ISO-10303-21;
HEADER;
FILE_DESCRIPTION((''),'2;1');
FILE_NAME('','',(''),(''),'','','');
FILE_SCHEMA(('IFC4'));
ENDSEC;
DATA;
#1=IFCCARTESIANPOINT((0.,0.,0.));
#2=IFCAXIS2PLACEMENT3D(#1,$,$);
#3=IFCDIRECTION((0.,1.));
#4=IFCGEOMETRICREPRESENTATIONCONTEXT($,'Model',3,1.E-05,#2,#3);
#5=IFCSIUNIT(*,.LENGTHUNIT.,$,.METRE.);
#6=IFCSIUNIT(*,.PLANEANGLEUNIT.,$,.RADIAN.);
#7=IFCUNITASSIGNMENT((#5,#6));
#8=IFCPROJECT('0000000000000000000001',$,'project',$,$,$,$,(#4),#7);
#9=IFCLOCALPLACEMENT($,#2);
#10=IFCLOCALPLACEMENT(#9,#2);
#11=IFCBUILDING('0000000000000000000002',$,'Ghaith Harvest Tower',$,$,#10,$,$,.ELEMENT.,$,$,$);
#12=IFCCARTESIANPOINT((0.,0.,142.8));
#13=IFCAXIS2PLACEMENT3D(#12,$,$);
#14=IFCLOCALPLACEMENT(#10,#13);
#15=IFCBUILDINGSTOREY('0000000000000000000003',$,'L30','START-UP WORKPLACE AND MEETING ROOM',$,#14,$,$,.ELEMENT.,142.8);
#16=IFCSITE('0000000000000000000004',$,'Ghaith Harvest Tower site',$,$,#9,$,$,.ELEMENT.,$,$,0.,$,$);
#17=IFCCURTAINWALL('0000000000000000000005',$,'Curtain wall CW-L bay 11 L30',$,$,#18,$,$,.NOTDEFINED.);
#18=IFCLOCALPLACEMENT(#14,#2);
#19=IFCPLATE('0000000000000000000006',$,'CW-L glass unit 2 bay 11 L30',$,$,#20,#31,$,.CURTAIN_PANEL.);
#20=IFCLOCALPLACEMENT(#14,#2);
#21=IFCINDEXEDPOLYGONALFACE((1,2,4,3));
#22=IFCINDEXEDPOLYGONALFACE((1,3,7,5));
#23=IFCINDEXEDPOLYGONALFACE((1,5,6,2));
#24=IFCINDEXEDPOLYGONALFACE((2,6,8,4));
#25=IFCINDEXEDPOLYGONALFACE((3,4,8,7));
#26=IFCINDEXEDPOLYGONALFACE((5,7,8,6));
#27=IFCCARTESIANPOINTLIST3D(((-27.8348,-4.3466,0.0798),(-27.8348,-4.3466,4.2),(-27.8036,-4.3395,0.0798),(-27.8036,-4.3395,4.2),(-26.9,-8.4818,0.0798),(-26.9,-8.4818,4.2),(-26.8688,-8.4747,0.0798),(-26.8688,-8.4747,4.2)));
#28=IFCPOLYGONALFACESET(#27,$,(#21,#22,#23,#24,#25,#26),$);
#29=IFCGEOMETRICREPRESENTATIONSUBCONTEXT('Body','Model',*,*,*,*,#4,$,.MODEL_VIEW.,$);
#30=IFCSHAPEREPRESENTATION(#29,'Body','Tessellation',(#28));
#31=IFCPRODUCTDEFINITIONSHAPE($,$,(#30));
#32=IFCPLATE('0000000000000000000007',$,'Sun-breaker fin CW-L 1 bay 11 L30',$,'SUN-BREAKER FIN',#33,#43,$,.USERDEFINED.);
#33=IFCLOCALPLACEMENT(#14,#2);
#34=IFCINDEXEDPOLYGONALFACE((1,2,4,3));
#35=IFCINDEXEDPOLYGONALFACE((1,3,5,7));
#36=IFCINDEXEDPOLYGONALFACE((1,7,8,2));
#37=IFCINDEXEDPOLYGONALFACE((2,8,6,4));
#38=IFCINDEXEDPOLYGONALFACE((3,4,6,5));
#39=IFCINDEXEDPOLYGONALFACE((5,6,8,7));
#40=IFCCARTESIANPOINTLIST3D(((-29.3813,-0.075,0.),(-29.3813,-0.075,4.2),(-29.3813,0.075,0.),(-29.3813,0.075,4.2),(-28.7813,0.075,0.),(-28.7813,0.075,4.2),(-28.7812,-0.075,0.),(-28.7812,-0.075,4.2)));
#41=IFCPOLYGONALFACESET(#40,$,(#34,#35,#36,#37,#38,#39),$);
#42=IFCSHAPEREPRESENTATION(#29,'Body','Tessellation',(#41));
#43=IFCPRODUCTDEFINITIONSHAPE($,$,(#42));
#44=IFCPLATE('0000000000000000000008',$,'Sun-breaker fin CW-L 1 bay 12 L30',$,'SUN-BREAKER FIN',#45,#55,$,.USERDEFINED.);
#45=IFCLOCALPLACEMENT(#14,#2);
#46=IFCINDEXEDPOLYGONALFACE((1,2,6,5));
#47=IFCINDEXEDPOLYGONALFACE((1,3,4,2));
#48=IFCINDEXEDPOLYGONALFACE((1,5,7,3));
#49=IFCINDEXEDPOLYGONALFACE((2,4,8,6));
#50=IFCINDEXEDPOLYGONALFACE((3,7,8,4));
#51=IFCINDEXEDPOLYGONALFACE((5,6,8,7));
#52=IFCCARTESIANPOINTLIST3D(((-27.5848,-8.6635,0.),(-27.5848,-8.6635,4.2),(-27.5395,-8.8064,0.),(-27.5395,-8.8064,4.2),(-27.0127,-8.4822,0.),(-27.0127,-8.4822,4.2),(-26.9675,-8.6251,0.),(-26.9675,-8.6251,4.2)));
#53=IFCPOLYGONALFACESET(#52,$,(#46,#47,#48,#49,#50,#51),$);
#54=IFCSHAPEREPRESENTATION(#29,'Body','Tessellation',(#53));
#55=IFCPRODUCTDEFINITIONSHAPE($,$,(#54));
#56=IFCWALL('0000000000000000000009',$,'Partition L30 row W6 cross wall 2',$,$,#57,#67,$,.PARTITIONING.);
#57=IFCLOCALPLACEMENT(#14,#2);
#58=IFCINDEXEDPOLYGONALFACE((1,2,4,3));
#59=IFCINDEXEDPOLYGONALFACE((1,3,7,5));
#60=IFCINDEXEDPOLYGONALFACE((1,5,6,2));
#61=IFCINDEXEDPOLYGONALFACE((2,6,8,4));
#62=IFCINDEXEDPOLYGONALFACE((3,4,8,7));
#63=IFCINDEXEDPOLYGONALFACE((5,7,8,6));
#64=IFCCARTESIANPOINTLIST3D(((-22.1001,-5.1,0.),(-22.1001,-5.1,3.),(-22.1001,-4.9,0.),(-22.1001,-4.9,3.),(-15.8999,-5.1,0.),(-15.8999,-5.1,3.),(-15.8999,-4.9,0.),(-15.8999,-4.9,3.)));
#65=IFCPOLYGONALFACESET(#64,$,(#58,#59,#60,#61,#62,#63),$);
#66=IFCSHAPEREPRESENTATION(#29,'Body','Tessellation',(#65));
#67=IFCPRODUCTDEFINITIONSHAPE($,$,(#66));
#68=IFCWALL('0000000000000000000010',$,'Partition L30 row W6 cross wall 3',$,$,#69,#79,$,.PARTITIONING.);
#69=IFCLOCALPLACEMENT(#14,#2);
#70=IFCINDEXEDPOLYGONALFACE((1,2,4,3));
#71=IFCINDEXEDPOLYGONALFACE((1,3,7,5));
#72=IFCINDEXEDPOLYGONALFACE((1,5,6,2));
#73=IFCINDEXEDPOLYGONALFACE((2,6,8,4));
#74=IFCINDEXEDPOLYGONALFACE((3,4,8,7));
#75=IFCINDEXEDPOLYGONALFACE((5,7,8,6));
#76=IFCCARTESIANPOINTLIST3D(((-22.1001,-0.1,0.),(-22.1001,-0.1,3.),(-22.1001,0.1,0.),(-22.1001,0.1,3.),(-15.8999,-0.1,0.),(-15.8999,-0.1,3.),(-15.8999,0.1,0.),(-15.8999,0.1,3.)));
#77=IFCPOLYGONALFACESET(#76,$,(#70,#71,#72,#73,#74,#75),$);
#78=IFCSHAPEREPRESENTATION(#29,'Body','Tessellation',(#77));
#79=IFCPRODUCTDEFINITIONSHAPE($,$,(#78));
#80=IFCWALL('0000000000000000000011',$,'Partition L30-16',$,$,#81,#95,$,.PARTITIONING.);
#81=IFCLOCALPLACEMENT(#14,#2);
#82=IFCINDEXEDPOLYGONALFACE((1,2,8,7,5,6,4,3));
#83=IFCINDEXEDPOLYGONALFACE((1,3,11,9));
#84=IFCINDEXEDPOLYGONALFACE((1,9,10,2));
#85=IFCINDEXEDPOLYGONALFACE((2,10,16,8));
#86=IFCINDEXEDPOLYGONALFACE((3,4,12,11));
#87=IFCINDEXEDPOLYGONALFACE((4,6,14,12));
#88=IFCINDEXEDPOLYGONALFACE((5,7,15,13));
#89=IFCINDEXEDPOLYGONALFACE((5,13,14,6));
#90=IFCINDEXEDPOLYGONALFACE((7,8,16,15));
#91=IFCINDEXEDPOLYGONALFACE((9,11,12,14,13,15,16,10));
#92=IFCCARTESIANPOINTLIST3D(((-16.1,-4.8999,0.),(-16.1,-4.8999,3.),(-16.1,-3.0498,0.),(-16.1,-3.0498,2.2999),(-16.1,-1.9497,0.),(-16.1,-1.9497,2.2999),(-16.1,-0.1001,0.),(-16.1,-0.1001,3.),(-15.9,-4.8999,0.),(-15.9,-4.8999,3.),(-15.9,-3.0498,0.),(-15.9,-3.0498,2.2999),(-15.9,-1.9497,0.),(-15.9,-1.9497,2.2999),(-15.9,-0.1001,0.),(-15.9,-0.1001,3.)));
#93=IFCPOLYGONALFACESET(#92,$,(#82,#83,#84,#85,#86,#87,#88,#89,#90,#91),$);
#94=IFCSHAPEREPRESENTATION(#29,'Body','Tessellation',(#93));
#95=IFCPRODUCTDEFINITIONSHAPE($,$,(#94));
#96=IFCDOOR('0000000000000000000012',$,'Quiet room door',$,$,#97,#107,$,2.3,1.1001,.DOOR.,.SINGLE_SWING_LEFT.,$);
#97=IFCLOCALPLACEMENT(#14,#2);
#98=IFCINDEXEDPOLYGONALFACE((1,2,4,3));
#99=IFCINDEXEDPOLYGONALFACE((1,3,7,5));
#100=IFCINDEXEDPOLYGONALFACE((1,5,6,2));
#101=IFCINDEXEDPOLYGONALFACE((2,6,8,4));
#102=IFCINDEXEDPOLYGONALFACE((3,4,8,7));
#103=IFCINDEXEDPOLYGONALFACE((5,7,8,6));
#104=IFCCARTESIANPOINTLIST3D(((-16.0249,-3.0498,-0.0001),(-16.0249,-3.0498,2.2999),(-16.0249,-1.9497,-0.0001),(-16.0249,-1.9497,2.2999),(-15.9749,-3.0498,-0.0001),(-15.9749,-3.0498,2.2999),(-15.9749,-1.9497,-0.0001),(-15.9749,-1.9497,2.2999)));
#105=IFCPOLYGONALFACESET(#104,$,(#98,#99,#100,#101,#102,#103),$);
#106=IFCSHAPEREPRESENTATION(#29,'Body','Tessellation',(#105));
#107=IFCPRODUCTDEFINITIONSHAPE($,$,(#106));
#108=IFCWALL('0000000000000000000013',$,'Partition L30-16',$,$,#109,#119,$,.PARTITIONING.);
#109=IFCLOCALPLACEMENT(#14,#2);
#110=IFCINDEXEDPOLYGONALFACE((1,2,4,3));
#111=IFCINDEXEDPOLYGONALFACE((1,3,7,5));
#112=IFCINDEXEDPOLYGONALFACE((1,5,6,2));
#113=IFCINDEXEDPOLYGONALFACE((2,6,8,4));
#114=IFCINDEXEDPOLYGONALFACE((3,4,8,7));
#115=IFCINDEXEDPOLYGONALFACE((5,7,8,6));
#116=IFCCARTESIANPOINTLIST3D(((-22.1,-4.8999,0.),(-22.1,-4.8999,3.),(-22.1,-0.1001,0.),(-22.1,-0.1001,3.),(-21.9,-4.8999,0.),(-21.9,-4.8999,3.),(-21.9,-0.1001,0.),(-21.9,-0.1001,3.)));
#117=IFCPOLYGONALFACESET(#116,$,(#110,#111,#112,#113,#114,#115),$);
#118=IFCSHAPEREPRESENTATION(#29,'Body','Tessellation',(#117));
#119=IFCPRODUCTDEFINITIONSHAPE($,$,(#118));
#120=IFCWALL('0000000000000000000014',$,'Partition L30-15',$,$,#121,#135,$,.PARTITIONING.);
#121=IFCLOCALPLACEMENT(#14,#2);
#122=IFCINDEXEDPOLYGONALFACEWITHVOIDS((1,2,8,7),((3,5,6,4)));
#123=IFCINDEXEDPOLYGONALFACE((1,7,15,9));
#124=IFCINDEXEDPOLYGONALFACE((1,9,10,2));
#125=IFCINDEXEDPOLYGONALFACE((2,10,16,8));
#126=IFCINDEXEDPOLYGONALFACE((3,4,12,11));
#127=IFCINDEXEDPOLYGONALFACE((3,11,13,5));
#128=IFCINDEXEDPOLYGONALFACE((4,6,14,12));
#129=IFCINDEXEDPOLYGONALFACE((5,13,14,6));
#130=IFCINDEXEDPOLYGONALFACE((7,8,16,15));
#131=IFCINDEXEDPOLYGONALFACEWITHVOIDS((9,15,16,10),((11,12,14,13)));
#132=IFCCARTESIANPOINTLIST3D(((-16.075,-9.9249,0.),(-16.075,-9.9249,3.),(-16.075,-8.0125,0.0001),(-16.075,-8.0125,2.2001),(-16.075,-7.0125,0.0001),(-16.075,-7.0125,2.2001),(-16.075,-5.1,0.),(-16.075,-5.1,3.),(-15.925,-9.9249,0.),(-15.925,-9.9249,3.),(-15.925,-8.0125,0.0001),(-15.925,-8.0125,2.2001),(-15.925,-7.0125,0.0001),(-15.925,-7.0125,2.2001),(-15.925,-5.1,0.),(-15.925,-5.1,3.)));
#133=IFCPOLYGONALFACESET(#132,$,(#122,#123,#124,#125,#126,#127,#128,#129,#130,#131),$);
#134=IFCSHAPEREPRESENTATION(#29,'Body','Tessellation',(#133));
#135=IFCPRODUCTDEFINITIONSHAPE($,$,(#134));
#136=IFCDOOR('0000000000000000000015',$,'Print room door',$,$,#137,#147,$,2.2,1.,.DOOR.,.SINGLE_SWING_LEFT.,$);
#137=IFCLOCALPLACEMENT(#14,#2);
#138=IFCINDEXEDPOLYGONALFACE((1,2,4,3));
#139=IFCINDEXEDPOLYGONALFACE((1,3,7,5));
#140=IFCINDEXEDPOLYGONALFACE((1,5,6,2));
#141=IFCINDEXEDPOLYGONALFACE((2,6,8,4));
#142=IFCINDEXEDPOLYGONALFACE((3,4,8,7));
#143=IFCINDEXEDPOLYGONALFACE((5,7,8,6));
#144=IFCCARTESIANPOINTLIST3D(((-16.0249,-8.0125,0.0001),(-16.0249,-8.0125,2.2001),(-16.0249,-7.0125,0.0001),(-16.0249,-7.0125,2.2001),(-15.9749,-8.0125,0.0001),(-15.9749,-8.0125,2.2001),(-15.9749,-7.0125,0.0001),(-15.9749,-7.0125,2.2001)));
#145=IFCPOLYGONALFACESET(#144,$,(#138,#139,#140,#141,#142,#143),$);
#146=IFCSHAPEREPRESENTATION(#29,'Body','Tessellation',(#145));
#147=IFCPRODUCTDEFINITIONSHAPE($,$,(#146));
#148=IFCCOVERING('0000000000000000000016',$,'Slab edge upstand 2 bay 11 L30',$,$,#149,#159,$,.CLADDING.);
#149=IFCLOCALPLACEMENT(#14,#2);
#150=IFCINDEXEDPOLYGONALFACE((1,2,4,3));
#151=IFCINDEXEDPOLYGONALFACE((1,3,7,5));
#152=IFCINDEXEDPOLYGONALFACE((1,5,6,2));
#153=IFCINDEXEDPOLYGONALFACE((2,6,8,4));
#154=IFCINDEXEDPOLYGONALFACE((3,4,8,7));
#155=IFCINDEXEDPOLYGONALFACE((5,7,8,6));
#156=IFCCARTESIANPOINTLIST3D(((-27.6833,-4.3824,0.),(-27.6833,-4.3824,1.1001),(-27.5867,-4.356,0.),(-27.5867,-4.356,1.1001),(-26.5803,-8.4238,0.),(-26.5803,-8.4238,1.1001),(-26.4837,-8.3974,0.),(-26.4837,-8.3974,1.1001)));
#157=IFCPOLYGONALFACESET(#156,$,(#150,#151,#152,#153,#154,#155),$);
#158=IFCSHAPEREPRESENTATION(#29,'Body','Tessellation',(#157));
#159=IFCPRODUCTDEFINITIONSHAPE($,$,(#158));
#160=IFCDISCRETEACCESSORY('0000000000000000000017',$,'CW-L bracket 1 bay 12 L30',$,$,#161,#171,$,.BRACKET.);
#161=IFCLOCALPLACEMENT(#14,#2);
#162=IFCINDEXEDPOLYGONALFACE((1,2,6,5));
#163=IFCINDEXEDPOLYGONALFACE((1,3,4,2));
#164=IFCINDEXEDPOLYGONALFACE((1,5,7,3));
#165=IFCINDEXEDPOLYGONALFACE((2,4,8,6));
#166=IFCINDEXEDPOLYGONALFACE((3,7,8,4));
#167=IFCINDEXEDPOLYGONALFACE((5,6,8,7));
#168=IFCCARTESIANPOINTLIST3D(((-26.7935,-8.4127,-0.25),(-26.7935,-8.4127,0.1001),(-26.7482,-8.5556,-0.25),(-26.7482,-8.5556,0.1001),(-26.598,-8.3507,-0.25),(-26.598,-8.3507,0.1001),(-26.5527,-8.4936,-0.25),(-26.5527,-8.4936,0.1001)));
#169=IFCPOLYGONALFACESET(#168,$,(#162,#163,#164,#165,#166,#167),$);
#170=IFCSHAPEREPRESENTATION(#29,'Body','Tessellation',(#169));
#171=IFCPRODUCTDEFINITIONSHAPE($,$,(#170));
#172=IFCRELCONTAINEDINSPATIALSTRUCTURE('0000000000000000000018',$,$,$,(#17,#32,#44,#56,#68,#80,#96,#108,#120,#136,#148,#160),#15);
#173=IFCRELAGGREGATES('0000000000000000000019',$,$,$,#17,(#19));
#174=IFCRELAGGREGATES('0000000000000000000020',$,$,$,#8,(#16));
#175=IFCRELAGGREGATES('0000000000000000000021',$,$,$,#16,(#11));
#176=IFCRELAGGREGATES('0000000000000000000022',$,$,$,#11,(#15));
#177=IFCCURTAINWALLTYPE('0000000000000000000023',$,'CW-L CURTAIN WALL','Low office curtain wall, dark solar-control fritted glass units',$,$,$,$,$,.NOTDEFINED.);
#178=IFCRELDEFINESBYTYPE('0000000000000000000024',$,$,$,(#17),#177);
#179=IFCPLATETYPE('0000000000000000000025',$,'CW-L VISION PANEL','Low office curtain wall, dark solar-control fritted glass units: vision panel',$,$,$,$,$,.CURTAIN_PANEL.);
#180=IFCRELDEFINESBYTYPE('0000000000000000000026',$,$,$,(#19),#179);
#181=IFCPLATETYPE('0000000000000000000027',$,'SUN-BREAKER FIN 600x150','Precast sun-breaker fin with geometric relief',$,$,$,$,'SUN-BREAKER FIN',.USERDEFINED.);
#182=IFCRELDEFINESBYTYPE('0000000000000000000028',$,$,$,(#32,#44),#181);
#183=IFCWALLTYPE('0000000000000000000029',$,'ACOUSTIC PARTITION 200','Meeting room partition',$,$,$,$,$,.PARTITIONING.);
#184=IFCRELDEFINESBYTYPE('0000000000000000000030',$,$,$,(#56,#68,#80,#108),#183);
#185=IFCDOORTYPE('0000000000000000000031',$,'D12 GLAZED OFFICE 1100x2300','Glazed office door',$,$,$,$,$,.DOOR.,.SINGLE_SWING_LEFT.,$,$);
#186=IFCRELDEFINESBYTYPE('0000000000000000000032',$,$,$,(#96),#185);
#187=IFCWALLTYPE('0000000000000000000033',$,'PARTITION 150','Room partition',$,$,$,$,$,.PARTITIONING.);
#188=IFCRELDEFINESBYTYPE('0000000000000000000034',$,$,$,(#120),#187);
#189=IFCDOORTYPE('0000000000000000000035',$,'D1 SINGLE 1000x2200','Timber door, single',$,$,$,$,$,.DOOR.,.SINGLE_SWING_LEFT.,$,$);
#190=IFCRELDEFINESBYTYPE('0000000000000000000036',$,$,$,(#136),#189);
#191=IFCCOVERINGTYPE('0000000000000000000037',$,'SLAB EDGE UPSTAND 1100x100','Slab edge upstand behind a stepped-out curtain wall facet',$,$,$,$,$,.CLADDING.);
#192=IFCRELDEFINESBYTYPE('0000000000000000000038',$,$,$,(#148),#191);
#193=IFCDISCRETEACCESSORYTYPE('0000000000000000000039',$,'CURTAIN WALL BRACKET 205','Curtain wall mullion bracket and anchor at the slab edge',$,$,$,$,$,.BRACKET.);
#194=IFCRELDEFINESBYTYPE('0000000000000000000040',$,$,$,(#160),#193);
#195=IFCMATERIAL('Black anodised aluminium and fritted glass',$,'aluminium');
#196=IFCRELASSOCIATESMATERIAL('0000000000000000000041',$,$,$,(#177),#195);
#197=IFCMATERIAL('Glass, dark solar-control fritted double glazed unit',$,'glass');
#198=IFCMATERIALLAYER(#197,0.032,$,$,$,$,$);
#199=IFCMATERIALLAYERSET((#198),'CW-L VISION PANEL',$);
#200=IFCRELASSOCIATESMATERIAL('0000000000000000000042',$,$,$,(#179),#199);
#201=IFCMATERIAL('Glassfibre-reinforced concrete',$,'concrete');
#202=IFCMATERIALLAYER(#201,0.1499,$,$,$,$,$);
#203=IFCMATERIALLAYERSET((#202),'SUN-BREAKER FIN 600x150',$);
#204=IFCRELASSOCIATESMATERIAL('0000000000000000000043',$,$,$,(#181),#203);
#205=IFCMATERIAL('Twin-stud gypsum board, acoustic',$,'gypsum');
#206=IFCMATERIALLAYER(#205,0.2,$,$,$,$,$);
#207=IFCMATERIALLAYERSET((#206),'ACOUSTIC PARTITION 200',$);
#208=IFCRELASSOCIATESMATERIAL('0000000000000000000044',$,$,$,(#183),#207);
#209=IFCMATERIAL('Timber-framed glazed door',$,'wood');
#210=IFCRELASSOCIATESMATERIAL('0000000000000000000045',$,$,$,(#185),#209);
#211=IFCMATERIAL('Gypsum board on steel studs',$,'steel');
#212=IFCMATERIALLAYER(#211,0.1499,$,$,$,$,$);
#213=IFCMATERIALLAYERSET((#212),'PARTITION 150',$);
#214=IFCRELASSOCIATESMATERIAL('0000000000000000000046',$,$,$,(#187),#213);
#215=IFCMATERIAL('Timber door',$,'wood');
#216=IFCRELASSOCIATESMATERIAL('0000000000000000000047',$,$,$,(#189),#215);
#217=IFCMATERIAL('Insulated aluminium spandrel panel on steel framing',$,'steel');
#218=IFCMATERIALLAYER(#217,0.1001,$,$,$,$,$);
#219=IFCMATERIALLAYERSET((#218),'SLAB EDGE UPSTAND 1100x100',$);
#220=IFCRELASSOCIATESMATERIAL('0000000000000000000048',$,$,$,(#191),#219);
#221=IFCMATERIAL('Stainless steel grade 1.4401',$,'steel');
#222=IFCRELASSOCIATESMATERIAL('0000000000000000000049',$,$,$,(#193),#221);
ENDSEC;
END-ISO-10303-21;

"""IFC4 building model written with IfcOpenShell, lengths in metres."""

from ifc_helpers import new_model, si_unit, direction, frame, frame_2d, origin, origin_2d, place, context, subcontext, project, spatial, rectangle, extrude, material, layer, layer_set, type_object, element, fill, aggregate, save


model = new_model("IFC4")

# Units and contexts
model_context = context("Model", 3, precision=1e-05, world=origin(), true_north=direction((0.0, 1.0)))
body_context = subcontext(model_context, "Body", "Model", "MODEL_VIEW")
ifc_project = project(units=[si_unit("LENGTHUNIT", "METRE"), si_unit("PLANEANGLEUNIT", "RADIAN")], contexts=[model_context])

# Site, building, storey
site_placement = place(None, origin())
site = spatial("IfcSite", under=ifc_project, at=site_placement, Name="Ghaith Harvest Tower site", CompositionType="ELEMENT", RefElevation=0.0)
building_placement = place(site_placement, origin())
building = spatial("IfcBuilding", under=site, at=building_placement, Name="Ghaith Harvest Tower", CompositionType="ELEMENT")
storey_placement = place(building_placement, frame((0.0, 0.0, 142.8)))
storey = spatial("IfcBuildingStorey", under=building, at=storey_placement, Name="L30", Description="START-UP WORKPLACE AND MEETING ROOM", CompositionType="ELEMENT", Elevation=142.8)

# Curtain wall
ifc_material_1 = material(Name="Black anodised aluminium and fritted glass", Category="aluminium")
curtain_wall_type = type_object("IfcCurtainWallType", Name="CW-L CURTAIN WALL", Description="Low office curtain wall, dark solar-control fritted glass units", PredefinedType="NOTDEFINED", material=ifc_material_1)
curtain_wall_1_placement = place(storey_placement, origin())
curtain_wall_1 = element("IfcCurtainWall", 1, at=curtain_wall_1_placement, inside=storey, type_object=curtain_wall_type, Name="Curtain wall CW-L bay 11 L30", PredefinedType="NOTDEFINED")

# Shared definitions
ifc_material_2 = material(Name="Glass, dark solar-control fritted double glazed unit", Category="glass")
ifc_layer_1 = layer(ifc_material_2, 0.032)
ifc_layer_set_1 = layer_set([ifc_layer_1], Name="CW-L VISION PANEL")
plate_type_1 = type_object("IfcPlateType", Name="CW-L VISION PANEL", Description="Low office curtain wall, dark solar-control fritted glass units: vision panel", PredefinedType="CURTAIN_PANEL", material=ifc_layer_set_1)

# Plate
plate_1_placement = place(storey_placement, frame((-27.3518, -6.4106, 0.0798), z_axis=(0.0, 0.0, 1.0), x_axis=(0.220483, -0.975391, 0.0)))
plate_1 = element("IfcPlate", 2, at=plate_1_placement, type_object=plate_type_1, Name="CW-L glass unit 2 bay 11 L30", PredefinedType="CURTAIN_PANEL", context=body_context, shape_type="SweptSolid", body=[
    extrude(rectangle(XDim=4.2395, YDim=0.032, at=origin_2d()), origin(), (0.0, 0.0, 1.0), 4.1201),
])
aggregate(curtain_wall_1, [plate_1])

# Plates
ifc_material_3 = material(Name="Glassfibre-reinforced concrete", Category="concrete")
ifc_layer_2 = layer(ifc_material_3, 0.1499)
ifc_layer_set_2 = layer_set([ifc_layer_2], Name="SUN-BREAKER FIN 600x150")
plate_type_2 = type_object("IfcPlateType", Name="SUN-BREAKER FIN 600x150", Description="Precast sun-breaker fin with geometric relief", ElementType="SUN-BREAKER FIN", PredefinedType="USERDEFINED", material=ifc_layer_set_2)
for number, where, z_axis, x_axis, name in (
    (3, (-29.0813, 0.0, 0.0), (0.0, 0.0, 1.0), (-1.0, 0.0, 0.0), "Sun-breaker fin CW-L 1 bay 11 L30"),
    (4, (-27.2761, -8.6443, 0.0), (0.0, 0.0, 1.0), (-0.953273, -0.30211, 0.0), "Sun-breaker fin CW-L 1 bay 12 L30"),
):
    element("IfcPlate", number, at=place(storey_placement, frame(where, z_axis=z_axis, x_axis=x_axis)), inside=storey, type_object=plate_type_2, Name=name, ObjectType="SUN-BREAKER FIN", PredefinedType="USERDEFINED", context=body_context, shape_type="SweptSolid", body=[
        extrude(rectangle(XDim=0.6001, YDim=0.1499, at=origin_2d()), origin(), (0.0, 0.0, 1.0), 4.2),
    ])

# Walls
ifc_material_4 = material(Name="Twin-stud gypsum board, acoustic", Category="gypsum")
ifc_layer_3 = layer(ifc_material_4, 0.2)
ifc_layer_set_3 = layer_set([ifc_layer_3], Name="ACOUSTIC PARTITION 200")
wall_type_1 = type_object("IfcWallType", Name="ACOUSTIC PARTITION 200", Description="Meeting room partition", PredefinedType="PARTITIONING", material=ifc_layer_set_3)
for number, where, z_axis, x_axis, name in (
    (5, (-15.8999, -5.0, 0.0), (0.0, 0.0, 1.0), (-1.0, 0.0, 0.0), "Partition L30 row W6 cross wall 2"),
    (6, (-15.8999, 0.0, 0.0), (0.0, 0.0, 1.0), (-1.0, 0.0, 0.0), "Partition L30 row W6 cross wall 3"),
):
    element("IfcWall", number, at=place(storey_placement, frame(where, z_axis=z_axis, x_axis=x_axis)), inside=storey, type_object=wall_type_1, Name=name, PredefinedType="PARTITIONING", context=body_context, shape_type="SweptSolid", body=[
        extrude(rectangle(XDim=6.2002, YDim=0.2, at=frame_2d((3.1001, 0.0))), origin(), (0.0, 0.0, 1.0), 3.0),
    ])

# Wall, opening, door
wall_1_placement = place(storey_placement, frame((-16.0, -4.8999, 0.0), z_axis=(0.0, 0.0, 1.0), x_axis=(0.0, 1.0, 0.0)))
wall_1 = element("IfcWall", 7, at=wall_1_placement, inside=storey, type_object=wall_type_1, Name="Partition L30-16", PredefinedType="PARTITIONING", context=body_context, shape_type="SweptSolid", body=[
    extrude(rectangle(XDim=4.7998, YDim=0.2, at=frame_2d((2.3999, 0.0))), origin(), (0.0, 0.0, 1.0), 3.0),
])
opening_1_placement = place(wall_1_placement, frame((1.8501, 0.0, 0.0)))
opening_1 = element("IfcOpeningElement", 8, at=opening_1_placement, cuts=wall_1, PredefinedType="OPENING", context=body_context, shape_type="SweptSolid", body=[
    extrude(rectangle(XDim=1.1001, YDim=2.3, at=frame_2d((0.55, 1.1499))), frame((0.0, 0.1099, 0.0), z_axis=(0.0, -1.0, 0.0), x_axis=(1.0, 0.0, 0.0)), (0.0, 0.0, 1.0), 0.22),
])
ifc_material_5 = material(Name="Timber-framed glazed door", Category="wood")
door_type_1 = type_object("IfcDoorType", Name="D12 GLAZED OFFICE 1100x2300", Description="Glazed office door", OperationType="SINGLE_SWING_LEFT", PredefinedType="DOOR", material=ifc_material_5)
door_1_placement = place(opening_1_placement, origin())
door_1 = element("IfcDoor", 9, at=door_1_placement, inside=storey, type_object=door_type_1, Name="Quiet room door", OperationType="SINGLE_SWING_LEFT", OverallHeight=2.3, OverallWidth=1.1001, PredefinedType="DOOR", context=body_context, shape_type="SweptSolid", body=[
    extrude(rectangle(XDim=1.1001, YDim=2.3, at=frame_2d((0.55, 1.1499))), frame((0.0, 0.0249, 0.0), z_axis=(0.0, -1.0, 0.0), x_axis=(1.0, 0.0, 0.0)), (0.0, 0.0, 1.0), 0.05),
])
fill(opening_1, door_1)

# Wall
wall_2_placement = place(storey_placement, frame((-22.0, -4.8999, 0.0), z_axis=(0.0, 0.0, 1.0), x_axis=(0.0, 1.0, 0.0)))
element("IfcWall", 10, at=wall_2_placement, inside=storey, type_object=wall_type_1, Name="Partition L30-16", PredefinedType="PARTITIONING", context=body_context, shape_type="SweptSolid", body=[
    extrude(rectangle(XDim=4.7998, YDim=0.2, at=frame_2d((2.3999, 0.0))), origin(), (0.0, 0.0, 1.0), 3.0),
])

# Wall, opening, door
ifc_material_6 = material(Name="Gypsum board on steel studs", Category="steel")
ifc_layer_4 = layer(ifc_material_6, 0.1499)
ifc_layer_set_4 = layer_set([ifc_layer_4], Name="PARTITION 150")
wall_type_2 = type_object("IfcWallType", Name="PARTITION 150", Description="Room partition", PredefinedType="PARTITIONING", material=ifc_layer_set_4)
wall_3_placement = place(storey_placement, frame((-16.0, -9.925, 0.0), z_axis=(0.0, 0.0, 1.0), x_axis=(0.0, 1.0, 0.0)))
wall_3 = element("IfcWall", 11, at=wall_3_placement, inside=storey, type_object=wall_type_2, Name="Partition L30-15", PredefinedType="PARTITIONING", context=body_context, shape_type="SweptSolid", body=[
    extrude(rectangle(XDim=4.825, YDim=0.1499, at=frame_2d((2.4126, 0.0))), origin(), (0.0, 0.0, 1.0), 3.0),
])
opening_2_placement = place(wall_3_placement, frame((1.9126, 0.0, 0.0)))
opening_2 = element("IfcOpeningElement", 12, at=opening_2_placement, cuts=wall_3, PredefinedType="OPENING", context=body_context, shape_type="SweptSolid", body=[
    extrude(rectangle(XDim=1.0, YDim=2.2, at=frame_2d((0.5, 1.1001))), frame((0.0, 0.085, 0.0), z_axis=(0.0, -1.0, 0.0), x_axis=(1.0, 0.0, 0.0)), (0.0, 0.0, 1.0), 0.1699),
])
ifc_material_7 = material(Name="Timber door", Category="wood")
door_type_2 = type_object("IfcDoorType", Name="D1 SINGLE 1000x2200", Description="Timber door, single", OperationType="SINGLE_SWING_LEFT", PredefinedType="DOOR", material=ifc_material_7)
door_2_placement = place(opening_2_placement, origin())
door_2 = element("IfcDoor", 13, at=door_2_placement, inside=storey, type_object=door_type_2, Name="Print room door", OperationType="SINGLE_SWING_LEFT", OverallHeight=2.2, OverallWidth=1.0, PredefinedType="DOOR", context=body_context, shape_type="SweptSolid", body=[
    extrude(rectangle(XDim=1.0, YDim=2.2, at=frame_2d((0.5, 1.1001))), frame((0.0, 0.0249, 0.0), z_axis=(0.0, -1.0, 0.0), x_axis=(1.0, 0.0, 0.0)), (0.0, 0.0, 1.0), 0.05),
])
fill(opening_2, door_2)

# Covering
ifc_material_8 = material(Name="Insulated aluminium spandrel panel on steel framing", Category="steel")
ifc_layer_5 = layer(ifc_material_8, 0.1001)
ifc_layer_set_5 = layer_set([ifc_layer_5], Name="SLAB EDGE UPSTAND 1100x100")
covering_type = type_object("IfcCoveringType", Name="SLAB EDGE UPSTAND 1100x100", Description="Slab edge upstand behind a stepped-out curtain wall facet", PredefinedType="CLADDING", material=ifc_layer_set_5)
covering_placement = place(storey_placement, frame((-27.0835, -6.3899, 0.0), z_axis=(0.0, 0.0, 1.0), x_axis=(0.263288, -0.964717, 0.0)))
element("IfcCovering", 14, at=covering_placement, inside=storey, type_object=covering_type, Name="Slab edge upstand 2 bay 11 L30", PredefinedType="CLADDING", context=body_context, shape_type="SweptSolid", body=[
    extrude(rectangle(XDim=4.1892, YDim=0.1001, at=origin_2d()), origin(), (0.0, 0.0, 1.0), 1.1001),
])

# Discrete accessory
ifc_material_9 = material(Name="Stainless steel grade 1.4401", Category="steel")
discrete_accessory_type = type_object("IfcDiscreteAccessoryType", Name="CURTAIN WALL BRACKET 205", Description="Curtain wall mullion bracket and anchor at the slab edge", PredefinedType="BRACKET", material=ifc_material_9)
discrete_accessory_placement = place(storey_placement, frame((-26.6731, -8.4531, -0.25), z_axis=(0.0, 0.0, 1.0), x_axis=(-0.953273, -0.30211, 0.0)))
element("IfcDiscreteAccessory", 15, at=discrete_accessory_placement, inside=storey, type_object=discrete_accessory_type, Name="CW-L bracket 1 bay 12 L30", PredefinedType="BRACKET", context=body_context, shape_type="SweptSolid", body=[
    extrude(rectangle(XDim=0.2051, YDim=0.1499, at=origin_2d()), origin(), (0.0, 0.0, 1.0), 0.3501),
])

save(model, "model.ifc")
